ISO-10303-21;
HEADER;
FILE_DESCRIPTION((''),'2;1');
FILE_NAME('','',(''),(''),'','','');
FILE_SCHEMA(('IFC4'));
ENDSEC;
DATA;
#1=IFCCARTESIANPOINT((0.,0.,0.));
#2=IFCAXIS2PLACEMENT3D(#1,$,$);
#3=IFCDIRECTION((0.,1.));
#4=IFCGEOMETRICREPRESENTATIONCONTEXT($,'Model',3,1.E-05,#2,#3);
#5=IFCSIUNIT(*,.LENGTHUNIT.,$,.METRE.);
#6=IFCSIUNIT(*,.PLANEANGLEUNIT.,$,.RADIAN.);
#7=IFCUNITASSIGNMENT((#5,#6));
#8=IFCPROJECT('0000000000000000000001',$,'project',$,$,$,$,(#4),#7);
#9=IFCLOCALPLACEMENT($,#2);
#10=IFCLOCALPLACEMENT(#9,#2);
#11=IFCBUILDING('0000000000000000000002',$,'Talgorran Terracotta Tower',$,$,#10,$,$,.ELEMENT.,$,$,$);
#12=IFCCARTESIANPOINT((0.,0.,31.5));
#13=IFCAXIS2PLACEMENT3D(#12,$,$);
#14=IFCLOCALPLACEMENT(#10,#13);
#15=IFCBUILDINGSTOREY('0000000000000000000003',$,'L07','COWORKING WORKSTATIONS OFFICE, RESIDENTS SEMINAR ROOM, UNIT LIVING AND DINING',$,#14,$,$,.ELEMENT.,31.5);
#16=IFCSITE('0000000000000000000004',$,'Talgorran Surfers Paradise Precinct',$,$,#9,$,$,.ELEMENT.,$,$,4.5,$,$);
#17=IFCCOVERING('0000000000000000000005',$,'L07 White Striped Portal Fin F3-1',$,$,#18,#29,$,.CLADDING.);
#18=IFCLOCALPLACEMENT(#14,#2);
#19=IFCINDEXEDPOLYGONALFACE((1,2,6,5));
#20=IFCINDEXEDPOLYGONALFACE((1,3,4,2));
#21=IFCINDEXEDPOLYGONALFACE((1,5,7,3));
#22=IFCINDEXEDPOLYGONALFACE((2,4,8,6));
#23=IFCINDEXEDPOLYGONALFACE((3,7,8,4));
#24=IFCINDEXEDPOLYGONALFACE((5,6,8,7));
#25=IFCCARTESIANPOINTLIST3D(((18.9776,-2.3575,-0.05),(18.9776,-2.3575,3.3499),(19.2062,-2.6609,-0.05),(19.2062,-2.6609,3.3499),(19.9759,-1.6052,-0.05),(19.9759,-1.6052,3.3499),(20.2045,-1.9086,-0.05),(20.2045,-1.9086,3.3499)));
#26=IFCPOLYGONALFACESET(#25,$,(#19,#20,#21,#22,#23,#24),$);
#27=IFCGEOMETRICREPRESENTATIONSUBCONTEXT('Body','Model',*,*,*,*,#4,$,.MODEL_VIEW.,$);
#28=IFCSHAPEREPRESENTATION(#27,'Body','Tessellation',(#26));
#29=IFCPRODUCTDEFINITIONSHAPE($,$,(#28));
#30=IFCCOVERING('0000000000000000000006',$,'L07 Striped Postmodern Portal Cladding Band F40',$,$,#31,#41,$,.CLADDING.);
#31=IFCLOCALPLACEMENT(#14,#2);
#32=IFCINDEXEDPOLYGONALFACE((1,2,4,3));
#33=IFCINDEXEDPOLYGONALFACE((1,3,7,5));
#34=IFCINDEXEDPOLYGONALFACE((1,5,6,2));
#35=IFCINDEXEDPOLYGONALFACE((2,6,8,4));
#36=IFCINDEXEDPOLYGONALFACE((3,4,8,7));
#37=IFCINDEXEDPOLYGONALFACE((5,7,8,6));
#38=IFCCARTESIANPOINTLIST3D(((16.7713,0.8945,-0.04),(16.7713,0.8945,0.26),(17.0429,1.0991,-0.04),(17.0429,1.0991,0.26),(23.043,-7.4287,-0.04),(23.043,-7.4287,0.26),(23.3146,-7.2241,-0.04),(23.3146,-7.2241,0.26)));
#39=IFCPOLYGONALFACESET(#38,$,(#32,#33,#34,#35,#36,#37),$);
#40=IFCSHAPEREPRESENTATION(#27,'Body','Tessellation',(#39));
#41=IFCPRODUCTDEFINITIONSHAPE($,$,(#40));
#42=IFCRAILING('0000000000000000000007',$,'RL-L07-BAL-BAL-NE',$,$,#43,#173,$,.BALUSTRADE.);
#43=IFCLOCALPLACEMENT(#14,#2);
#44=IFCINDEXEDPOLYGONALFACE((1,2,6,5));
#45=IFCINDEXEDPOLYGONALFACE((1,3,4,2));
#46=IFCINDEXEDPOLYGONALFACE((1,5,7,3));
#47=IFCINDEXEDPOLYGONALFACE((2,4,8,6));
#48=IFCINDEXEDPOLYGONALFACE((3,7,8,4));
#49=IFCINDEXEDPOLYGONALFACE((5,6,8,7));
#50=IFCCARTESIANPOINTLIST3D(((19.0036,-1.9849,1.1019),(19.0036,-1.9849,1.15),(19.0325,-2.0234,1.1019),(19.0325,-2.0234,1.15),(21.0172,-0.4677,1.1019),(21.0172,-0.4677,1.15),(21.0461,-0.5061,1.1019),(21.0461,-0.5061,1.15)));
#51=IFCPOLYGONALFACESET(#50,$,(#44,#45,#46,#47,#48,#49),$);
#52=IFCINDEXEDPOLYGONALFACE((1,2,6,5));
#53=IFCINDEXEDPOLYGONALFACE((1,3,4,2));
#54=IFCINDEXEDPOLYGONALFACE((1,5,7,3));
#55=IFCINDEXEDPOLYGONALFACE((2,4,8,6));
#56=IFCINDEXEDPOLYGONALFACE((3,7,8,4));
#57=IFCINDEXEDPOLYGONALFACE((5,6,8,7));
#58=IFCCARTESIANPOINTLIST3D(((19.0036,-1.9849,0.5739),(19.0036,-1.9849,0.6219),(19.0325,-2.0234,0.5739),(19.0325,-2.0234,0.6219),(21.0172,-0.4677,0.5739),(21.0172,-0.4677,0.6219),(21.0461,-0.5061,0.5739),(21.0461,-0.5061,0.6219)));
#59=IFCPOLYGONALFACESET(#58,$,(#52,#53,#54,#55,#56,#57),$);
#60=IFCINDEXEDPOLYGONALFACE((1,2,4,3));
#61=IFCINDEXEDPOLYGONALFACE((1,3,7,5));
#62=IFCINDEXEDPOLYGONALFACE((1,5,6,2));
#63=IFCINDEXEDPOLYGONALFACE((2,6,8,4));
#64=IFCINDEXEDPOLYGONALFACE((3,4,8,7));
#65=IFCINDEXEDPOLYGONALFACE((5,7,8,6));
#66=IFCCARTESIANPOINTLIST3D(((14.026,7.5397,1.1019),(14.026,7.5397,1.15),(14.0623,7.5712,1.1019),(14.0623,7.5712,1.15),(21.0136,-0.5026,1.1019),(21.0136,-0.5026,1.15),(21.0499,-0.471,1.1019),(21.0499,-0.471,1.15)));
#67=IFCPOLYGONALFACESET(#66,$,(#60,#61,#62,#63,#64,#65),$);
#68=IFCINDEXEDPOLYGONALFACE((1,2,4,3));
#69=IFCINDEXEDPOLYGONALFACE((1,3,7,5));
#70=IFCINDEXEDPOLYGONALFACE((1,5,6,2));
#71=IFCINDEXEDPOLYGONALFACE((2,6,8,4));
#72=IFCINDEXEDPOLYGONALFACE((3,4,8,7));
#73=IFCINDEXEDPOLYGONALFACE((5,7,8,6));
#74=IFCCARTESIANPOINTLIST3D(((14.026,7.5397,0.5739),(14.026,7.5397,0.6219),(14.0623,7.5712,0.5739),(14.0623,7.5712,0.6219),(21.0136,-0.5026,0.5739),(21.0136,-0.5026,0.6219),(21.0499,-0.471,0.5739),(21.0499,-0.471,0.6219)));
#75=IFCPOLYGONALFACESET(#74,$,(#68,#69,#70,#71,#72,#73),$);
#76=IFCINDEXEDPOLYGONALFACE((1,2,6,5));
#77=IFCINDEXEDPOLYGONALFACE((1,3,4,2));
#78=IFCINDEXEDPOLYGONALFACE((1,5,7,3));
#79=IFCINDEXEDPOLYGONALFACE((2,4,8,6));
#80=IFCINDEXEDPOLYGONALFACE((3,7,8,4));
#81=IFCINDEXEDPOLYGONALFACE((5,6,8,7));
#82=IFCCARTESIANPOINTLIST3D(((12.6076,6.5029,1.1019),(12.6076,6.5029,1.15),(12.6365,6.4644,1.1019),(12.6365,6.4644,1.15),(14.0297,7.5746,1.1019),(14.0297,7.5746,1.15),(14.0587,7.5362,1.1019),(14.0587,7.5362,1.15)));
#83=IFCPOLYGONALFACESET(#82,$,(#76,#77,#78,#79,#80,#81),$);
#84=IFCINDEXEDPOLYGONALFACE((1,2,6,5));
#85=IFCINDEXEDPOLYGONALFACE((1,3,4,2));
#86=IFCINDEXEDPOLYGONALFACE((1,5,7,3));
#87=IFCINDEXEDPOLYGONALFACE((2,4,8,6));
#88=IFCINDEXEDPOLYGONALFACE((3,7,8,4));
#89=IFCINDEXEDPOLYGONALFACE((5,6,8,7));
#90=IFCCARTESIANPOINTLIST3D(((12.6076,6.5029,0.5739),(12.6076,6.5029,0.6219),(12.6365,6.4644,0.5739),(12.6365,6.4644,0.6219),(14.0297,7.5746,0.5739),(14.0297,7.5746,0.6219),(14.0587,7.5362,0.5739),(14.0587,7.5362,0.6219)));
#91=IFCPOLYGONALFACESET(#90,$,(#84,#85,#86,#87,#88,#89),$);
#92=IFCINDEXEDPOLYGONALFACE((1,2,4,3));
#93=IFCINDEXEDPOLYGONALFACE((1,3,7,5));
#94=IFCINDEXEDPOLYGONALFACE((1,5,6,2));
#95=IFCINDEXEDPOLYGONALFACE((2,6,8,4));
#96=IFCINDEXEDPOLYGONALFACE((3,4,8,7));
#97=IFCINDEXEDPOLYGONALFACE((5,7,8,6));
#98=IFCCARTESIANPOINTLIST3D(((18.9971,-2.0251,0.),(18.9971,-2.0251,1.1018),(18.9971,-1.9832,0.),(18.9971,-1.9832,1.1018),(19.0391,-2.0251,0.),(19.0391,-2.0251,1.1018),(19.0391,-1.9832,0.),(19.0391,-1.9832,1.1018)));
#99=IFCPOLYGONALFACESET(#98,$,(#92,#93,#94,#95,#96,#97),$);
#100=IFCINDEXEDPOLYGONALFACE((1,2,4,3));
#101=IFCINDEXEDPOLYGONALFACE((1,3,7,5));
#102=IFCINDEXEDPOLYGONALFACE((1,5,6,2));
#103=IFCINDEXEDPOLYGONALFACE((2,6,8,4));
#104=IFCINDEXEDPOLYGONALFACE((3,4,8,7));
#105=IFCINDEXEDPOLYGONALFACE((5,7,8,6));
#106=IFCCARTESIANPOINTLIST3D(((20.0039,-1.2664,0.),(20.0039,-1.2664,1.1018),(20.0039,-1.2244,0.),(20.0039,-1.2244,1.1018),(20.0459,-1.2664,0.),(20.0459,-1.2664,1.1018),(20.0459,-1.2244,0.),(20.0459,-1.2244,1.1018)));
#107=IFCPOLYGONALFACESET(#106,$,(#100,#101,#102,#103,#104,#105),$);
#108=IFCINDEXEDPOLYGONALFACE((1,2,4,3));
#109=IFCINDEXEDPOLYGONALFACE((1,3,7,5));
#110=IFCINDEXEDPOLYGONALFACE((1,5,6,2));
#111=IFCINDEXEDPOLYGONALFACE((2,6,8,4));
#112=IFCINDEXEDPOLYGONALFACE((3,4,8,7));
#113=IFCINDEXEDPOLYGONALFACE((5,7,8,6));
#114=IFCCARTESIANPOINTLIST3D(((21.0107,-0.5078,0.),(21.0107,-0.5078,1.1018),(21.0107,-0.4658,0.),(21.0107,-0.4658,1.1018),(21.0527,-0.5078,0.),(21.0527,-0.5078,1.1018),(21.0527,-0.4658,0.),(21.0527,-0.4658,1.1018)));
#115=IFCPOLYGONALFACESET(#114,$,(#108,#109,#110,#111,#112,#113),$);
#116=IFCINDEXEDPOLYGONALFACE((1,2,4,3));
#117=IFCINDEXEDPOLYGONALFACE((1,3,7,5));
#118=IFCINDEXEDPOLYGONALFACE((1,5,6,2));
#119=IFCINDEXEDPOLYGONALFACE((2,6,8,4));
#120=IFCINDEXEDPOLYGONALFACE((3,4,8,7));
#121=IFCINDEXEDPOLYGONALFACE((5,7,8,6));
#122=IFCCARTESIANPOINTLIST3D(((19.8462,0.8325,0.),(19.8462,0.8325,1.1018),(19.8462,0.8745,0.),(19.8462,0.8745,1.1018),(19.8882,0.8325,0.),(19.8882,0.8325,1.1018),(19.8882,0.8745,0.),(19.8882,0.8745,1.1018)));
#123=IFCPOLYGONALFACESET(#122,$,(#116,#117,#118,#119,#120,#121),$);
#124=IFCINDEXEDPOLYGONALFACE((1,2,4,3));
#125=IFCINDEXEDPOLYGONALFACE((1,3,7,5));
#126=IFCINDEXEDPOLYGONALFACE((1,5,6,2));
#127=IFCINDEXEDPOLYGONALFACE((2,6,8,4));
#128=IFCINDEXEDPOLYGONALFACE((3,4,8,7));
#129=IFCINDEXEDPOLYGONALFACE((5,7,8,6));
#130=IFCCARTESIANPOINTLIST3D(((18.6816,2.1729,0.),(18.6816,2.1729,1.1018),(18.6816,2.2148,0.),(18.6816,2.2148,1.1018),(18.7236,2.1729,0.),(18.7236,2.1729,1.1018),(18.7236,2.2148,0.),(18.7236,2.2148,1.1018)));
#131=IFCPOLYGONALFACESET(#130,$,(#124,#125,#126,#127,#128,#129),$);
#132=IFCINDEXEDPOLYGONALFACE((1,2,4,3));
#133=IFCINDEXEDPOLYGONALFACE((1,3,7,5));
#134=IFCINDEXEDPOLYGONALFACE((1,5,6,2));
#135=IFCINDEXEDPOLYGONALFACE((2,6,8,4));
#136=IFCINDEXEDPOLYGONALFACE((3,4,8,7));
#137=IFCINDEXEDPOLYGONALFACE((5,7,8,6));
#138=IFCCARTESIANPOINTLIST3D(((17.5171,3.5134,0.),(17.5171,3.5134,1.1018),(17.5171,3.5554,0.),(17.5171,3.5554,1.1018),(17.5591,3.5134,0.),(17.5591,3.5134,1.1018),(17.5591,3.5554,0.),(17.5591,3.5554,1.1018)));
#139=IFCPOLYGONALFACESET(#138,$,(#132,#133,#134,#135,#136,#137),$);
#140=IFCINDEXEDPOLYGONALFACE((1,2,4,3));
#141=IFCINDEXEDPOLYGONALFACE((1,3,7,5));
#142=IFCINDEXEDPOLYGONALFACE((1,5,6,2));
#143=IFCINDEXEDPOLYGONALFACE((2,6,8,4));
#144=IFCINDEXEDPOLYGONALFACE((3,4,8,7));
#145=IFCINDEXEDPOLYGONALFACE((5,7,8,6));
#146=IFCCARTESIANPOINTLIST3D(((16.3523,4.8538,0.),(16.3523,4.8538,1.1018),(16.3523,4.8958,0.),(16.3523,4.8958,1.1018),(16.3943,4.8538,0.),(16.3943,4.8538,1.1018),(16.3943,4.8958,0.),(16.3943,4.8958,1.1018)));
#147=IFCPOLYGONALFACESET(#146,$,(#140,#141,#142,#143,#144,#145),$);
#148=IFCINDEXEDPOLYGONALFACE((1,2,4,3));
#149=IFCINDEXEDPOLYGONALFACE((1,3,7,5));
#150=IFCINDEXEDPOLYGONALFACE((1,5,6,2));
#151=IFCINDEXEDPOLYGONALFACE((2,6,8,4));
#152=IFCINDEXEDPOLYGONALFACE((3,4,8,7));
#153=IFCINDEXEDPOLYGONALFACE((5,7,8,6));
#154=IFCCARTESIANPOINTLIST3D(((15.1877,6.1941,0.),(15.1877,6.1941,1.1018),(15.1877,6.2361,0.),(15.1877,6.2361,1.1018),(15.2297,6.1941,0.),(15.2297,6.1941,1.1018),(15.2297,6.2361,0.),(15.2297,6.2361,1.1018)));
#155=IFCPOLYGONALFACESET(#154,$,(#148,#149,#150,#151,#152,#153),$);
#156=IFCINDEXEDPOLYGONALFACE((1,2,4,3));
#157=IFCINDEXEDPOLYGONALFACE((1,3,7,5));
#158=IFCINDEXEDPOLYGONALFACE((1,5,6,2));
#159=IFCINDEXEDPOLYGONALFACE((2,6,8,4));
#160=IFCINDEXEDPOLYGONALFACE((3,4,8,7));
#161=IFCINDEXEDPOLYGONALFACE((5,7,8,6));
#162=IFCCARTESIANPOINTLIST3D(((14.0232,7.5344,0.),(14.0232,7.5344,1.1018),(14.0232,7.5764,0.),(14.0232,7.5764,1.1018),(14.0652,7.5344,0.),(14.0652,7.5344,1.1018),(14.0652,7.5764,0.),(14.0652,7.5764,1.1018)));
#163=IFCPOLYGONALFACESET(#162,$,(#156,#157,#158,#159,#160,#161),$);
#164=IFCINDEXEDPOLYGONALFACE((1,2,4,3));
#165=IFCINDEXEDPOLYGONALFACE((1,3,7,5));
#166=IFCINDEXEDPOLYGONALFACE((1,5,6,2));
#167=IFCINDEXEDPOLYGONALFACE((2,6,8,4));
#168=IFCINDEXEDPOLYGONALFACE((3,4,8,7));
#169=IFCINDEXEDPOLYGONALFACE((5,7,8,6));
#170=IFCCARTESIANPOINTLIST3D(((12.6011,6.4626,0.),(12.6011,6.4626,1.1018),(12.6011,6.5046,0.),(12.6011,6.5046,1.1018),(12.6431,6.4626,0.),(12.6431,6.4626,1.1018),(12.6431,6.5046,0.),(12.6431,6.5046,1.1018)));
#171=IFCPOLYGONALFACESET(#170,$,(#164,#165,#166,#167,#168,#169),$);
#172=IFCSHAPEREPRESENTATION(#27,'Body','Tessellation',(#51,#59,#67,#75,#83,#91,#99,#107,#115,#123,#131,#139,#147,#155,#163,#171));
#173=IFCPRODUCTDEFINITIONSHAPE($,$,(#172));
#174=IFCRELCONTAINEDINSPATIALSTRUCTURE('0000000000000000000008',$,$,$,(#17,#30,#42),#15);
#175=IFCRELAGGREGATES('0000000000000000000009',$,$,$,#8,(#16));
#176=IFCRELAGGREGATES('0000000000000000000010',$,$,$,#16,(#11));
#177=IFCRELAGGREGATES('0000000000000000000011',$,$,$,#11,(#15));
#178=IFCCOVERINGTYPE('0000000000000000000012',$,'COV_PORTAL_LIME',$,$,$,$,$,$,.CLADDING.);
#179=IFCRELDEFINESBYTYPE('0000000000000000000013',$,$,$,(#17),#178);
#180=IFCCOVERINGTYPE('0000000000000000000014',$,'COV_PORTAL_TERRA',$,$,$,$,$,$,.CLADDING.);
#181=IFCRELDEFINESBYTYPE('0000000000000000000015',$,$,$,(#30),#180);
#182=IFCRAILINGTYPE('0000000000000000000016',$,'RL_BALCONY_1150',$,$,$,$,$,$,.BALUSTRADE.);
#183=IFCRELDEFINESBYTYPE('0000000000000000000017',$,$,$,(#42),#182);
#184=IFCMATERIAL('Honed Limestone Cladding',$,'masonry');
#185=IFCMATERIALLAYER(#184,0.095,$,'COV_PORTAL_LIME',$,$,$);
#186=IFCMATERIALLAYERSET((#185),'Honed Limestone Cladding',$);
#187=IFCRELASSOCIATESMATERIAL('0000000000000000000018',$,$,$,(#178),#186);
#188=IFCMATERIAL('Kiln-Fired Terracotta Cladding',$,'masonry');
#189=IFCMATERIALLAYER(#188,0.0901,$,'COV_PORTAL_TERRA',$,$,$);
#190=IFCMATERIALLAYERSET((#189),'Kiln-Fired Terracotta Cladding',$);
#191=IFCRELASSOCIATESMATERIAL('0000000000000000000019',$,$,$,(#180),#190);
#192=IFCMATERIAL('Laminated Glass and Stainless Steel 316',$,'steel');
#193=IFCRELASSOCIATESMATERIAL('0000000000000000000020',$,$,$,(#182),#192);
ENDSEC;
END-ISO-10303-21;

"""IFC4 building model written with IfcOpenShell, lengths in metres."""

from ifc_helpers import new_model, si_unit, direction, frame, origin, origin_2d, place, context, subcontext, project, spatial, rectangle, extrude, material, layer, layer_set, type_object, element, save


model = new_model("IFC4")

# Units and contexts
model_context = context("Model", 3, precision=1e-05, world=origin(), true_north=direction((0.0, 1.0)))
body_context = subcontext(model_context, "Body", "Model", "MODEL_VIEW")
ifc_project = project(units=[si_unit("LENGTHUNIT", "METRE"), si_unit("PLANEANGLEUNIT", "RADIAN")], contexts=[model_context])

# Site, building, storey
site_placement = place(None, origin())
site = spatial("IfcSite", under=ifc_project, at=site_placement, Name="Talgorran Surfers Paradise Precinct", CompositionType="ELEMENT", RefElevation=4.5)
building_placement = place(site_placement, origin())
building = spatial("IfcBuilding", under=site, at=building_placement, Name="Talgorran Terracotta Tower", CompositionType="ELEMENT")
storey_placement = place(building_placement, frame((0.0, 0.0, 31.5)))
storey = spatial("IfcBuildingStorey", under=building, at=storey_placement, Name="L07", Description="COWORKING WORKSTATIONS OFFICE, RESIDENTS SEMINAR ROOM, UNIT LIVING AND DINING", CompositionType="ELEMENT", Elevation=31.5)

# Coverings
ifc_material_1 = material(Name="Honed Limestone Cladding", Category="masonry")
ifc_layer_1 = layer(ifc_material_1, 0.095, Name="COV_PORTAL_LIME")
ifc_layer_set_1 = layer_set([ifc_layer_1], Name="Honed Limestone Cladding")
covering_type_1 = type_object("IfcCoveringType", Name="COV_PORTAL_LIME", PredefinedType="CLADDING", material=ifc_layer_set_1)
covering_1_placement = place(storey_placement, frame((19.5911, -2.1331, -0.05), z_axis=(0.0, 0.0, 1.0), x_axis=(-0.601815, 0.798636, 0.0)))
element("IfcCovering", 1, at=covering_1_placement, inside=storey, type_object=covering_type_1, Name="L07 White Striped Portal Fin F3-1", PredefinedType="CLADDING", context=body_context, shape_type="SweptSolid", body=[
    extrude(rectangle(XDim=0.3799, YDim=1.25, at=origin_2d()), origin(), (0.0, 0.0, 1.0), 3.3999),
])
ifc_material_2 = material(Name="Kiln-Fired Terracotta Cladding", Category="masonry")
ifc_layer_2 = layer(ifc_material_2, 0.0901, Name="COV_PORTAL_TERRA")
ifc_layer_set_2 = layer_set([ifc_layer_2], Name="Kiln-Fired Terracotta Cladding")
covering_type_2 = type_object("IfcCoveringType", Name="COV_PORTAL_TERRA", PredefinedType="CLADDING", material=ifc_layer_set_2)
covering_2_placement = place(storey_placement, frame((20.043, -3.1648, -0.04), z_axis=(0.0, 0.0, 1.0), x_axis=(-0.601801, 0.798646, 0.0)))
element("IfcCovering", 2, at=covering_2_placement, inside=storey, type_object=covering_type_2, Name="L07 Striped Postmodern Portal Cladding Band F40", PredefinedType="CLADDING", context=body_context, shape_type="SweptSolid", body=[
    extrude(rectangle(XDim=10.4216, YDim=0.3401, at=origin_2d()), origin(), (0.0, 0.0, 1.0), 0.3),
])

# Railing
ifc_material_3 = material(Name="Laminated Glass and Stainless Steel 316", Category="steel")
railing_type = type_object("IfcRailingType", Name="RL_BALCONY_1150", PredefinedType="BALUSTRADE", material=ifc_material_3)
railing_placement = place(storey_placement, frame((19.0181, -2.0042, 0.0)))
element("IfcRailing", 3, at=railing_placement, inside=storey, type_object=railing_type, Name="RL-L07-BAL-BAL-NE", PredefinedType="BALUSTRADE", context=body_context, shape_type="SweptSolid", body=[
    extrude(rectangle(XDim=0.0481, YDim=0.0481, at=origin_2d()), frame((0.0, 0.0, 1.126), z_axis=(0.79865, 0.601796, 0.0), x_axis=(-0.601796, 0.79865, 0.0)), (0.0, 0.0, 1.0), 2.5212),
    extrude(rectangle(XDim=0.0481, YDim=0.0481, at=origin_2d()), frame((0.0, 0.0, 0.5979), z_axis=(0.79865, 0.601796, 0.0), x_axis=(-0.601796, 0.79865, 0.0)), (0.0, 0.0, 1.0), 2.5212),
    extrude(rectangle(XDim=0.0481, YDim=0.0481, at=origin_2d()), frame((2.0137, 1.5173, 1.126), z_axis=(-0.655874, 0.75487, 0.0), x_axis=(-0.75487, -0.655874, 0.0)), (0.0, 0.0, 1.0), 10.6538),
    extrude(rectangle(XDim=0.0481, YDim=0.0481, at=origin_2d()), frame((2.0137, 1.5173, 0.5979), z_axis=(-0.655874, 0.75487, 0.0), x_axis=(-0.75487, -0.655874, 0.0)), (0.0, 0.0, 1.0), 10.6538),
    extrude(rectangle(XDim=0.0481, YDim=0.0481, at=origin_2d()), frame((-4.9739, 9.5596, 1.126), z_axis=(-0.798599, -0.601863, 0.0), x_axis=(0.601863, -0.798599, 0.0)), (0.0, 0.0, 1.0), 1.7808),
    extrude(rectangle(XDim=0.0481, YDim=0.0481, at=origin_2d()), frame((-4.9739, 9.5596, 0.5979), z_axis=(-0.798599, -0.601863, 0.0), x_axis=(0.601863, -0.798599, 0.0)), (0.0, 0.0, 1.0), 1.7808),
    extrude(rectangle(XDim=0.042, YDim=0.042, at=origin_2d()), origin(), (0.0, 0.0, 1.0), 1.1018),
    extrude(rectangle(XDim=0.042, YDim=0.042, at=origin_2d()), frame((1.0068, 0.7588, 0.0)), (0.0, 0.0, 1.0), 1.1018),
    extrude(rectangle(XDim=0.042, YDim=0.042, at=origin_2d()), frame((2.0137, 1.5173, 0.0)), (0.0, 0.0, 1.0), 1.1018),
    extrude(rectangle(XDim=0.042, YDim=0.042, at=origin_2d()), frame((0.8491, 2.8577, 0.0)), (0.0, 0.0, 1.0), 1.1018),
    extrude(rectangle(XDim=0.042, YDim=0.042, at=origin_2d()), frame((-0.3154, 4.198, 0.0)), (0.0, 0.0, 1.0), 1.1018),
    extrude(rectangle(XDim=0.042, YDim=0.042, at=origin_2d()), frame((-1.48, 5.5386, 0.0)), (0.0, 0.0, 1.0), 1.1018),
    extrude(rectangle(XDim=0.042, YDim=0.042, at=origin_2d()), frame((-2.6448, 6.8789, 0.0)), (0.0, 0.0, 1.0), 1.1018),
    extrude(rectangle(XDim=0.042, YDim=0.042, at=origin_2d()), frame((-3.8093, 8.2192, 0.0)), (0.0, 0.0, 1.0), 1.1018),
    extrude(rectangle(XDim=0.042, YDim=0.042, at=origin_2d()), frame((-4.9739, 9.5596, 0.0)), (0.0, 0.0, 1.0), 1.1018),
    extrude(rectangle(XDim=0.042, YDim=0.042, at=origin_2d()), frame((-6.396, 8.4878, 0.0)), (0.0, 0.0, 1.0), 1.1018),
])

save(model, "model.ifc")
